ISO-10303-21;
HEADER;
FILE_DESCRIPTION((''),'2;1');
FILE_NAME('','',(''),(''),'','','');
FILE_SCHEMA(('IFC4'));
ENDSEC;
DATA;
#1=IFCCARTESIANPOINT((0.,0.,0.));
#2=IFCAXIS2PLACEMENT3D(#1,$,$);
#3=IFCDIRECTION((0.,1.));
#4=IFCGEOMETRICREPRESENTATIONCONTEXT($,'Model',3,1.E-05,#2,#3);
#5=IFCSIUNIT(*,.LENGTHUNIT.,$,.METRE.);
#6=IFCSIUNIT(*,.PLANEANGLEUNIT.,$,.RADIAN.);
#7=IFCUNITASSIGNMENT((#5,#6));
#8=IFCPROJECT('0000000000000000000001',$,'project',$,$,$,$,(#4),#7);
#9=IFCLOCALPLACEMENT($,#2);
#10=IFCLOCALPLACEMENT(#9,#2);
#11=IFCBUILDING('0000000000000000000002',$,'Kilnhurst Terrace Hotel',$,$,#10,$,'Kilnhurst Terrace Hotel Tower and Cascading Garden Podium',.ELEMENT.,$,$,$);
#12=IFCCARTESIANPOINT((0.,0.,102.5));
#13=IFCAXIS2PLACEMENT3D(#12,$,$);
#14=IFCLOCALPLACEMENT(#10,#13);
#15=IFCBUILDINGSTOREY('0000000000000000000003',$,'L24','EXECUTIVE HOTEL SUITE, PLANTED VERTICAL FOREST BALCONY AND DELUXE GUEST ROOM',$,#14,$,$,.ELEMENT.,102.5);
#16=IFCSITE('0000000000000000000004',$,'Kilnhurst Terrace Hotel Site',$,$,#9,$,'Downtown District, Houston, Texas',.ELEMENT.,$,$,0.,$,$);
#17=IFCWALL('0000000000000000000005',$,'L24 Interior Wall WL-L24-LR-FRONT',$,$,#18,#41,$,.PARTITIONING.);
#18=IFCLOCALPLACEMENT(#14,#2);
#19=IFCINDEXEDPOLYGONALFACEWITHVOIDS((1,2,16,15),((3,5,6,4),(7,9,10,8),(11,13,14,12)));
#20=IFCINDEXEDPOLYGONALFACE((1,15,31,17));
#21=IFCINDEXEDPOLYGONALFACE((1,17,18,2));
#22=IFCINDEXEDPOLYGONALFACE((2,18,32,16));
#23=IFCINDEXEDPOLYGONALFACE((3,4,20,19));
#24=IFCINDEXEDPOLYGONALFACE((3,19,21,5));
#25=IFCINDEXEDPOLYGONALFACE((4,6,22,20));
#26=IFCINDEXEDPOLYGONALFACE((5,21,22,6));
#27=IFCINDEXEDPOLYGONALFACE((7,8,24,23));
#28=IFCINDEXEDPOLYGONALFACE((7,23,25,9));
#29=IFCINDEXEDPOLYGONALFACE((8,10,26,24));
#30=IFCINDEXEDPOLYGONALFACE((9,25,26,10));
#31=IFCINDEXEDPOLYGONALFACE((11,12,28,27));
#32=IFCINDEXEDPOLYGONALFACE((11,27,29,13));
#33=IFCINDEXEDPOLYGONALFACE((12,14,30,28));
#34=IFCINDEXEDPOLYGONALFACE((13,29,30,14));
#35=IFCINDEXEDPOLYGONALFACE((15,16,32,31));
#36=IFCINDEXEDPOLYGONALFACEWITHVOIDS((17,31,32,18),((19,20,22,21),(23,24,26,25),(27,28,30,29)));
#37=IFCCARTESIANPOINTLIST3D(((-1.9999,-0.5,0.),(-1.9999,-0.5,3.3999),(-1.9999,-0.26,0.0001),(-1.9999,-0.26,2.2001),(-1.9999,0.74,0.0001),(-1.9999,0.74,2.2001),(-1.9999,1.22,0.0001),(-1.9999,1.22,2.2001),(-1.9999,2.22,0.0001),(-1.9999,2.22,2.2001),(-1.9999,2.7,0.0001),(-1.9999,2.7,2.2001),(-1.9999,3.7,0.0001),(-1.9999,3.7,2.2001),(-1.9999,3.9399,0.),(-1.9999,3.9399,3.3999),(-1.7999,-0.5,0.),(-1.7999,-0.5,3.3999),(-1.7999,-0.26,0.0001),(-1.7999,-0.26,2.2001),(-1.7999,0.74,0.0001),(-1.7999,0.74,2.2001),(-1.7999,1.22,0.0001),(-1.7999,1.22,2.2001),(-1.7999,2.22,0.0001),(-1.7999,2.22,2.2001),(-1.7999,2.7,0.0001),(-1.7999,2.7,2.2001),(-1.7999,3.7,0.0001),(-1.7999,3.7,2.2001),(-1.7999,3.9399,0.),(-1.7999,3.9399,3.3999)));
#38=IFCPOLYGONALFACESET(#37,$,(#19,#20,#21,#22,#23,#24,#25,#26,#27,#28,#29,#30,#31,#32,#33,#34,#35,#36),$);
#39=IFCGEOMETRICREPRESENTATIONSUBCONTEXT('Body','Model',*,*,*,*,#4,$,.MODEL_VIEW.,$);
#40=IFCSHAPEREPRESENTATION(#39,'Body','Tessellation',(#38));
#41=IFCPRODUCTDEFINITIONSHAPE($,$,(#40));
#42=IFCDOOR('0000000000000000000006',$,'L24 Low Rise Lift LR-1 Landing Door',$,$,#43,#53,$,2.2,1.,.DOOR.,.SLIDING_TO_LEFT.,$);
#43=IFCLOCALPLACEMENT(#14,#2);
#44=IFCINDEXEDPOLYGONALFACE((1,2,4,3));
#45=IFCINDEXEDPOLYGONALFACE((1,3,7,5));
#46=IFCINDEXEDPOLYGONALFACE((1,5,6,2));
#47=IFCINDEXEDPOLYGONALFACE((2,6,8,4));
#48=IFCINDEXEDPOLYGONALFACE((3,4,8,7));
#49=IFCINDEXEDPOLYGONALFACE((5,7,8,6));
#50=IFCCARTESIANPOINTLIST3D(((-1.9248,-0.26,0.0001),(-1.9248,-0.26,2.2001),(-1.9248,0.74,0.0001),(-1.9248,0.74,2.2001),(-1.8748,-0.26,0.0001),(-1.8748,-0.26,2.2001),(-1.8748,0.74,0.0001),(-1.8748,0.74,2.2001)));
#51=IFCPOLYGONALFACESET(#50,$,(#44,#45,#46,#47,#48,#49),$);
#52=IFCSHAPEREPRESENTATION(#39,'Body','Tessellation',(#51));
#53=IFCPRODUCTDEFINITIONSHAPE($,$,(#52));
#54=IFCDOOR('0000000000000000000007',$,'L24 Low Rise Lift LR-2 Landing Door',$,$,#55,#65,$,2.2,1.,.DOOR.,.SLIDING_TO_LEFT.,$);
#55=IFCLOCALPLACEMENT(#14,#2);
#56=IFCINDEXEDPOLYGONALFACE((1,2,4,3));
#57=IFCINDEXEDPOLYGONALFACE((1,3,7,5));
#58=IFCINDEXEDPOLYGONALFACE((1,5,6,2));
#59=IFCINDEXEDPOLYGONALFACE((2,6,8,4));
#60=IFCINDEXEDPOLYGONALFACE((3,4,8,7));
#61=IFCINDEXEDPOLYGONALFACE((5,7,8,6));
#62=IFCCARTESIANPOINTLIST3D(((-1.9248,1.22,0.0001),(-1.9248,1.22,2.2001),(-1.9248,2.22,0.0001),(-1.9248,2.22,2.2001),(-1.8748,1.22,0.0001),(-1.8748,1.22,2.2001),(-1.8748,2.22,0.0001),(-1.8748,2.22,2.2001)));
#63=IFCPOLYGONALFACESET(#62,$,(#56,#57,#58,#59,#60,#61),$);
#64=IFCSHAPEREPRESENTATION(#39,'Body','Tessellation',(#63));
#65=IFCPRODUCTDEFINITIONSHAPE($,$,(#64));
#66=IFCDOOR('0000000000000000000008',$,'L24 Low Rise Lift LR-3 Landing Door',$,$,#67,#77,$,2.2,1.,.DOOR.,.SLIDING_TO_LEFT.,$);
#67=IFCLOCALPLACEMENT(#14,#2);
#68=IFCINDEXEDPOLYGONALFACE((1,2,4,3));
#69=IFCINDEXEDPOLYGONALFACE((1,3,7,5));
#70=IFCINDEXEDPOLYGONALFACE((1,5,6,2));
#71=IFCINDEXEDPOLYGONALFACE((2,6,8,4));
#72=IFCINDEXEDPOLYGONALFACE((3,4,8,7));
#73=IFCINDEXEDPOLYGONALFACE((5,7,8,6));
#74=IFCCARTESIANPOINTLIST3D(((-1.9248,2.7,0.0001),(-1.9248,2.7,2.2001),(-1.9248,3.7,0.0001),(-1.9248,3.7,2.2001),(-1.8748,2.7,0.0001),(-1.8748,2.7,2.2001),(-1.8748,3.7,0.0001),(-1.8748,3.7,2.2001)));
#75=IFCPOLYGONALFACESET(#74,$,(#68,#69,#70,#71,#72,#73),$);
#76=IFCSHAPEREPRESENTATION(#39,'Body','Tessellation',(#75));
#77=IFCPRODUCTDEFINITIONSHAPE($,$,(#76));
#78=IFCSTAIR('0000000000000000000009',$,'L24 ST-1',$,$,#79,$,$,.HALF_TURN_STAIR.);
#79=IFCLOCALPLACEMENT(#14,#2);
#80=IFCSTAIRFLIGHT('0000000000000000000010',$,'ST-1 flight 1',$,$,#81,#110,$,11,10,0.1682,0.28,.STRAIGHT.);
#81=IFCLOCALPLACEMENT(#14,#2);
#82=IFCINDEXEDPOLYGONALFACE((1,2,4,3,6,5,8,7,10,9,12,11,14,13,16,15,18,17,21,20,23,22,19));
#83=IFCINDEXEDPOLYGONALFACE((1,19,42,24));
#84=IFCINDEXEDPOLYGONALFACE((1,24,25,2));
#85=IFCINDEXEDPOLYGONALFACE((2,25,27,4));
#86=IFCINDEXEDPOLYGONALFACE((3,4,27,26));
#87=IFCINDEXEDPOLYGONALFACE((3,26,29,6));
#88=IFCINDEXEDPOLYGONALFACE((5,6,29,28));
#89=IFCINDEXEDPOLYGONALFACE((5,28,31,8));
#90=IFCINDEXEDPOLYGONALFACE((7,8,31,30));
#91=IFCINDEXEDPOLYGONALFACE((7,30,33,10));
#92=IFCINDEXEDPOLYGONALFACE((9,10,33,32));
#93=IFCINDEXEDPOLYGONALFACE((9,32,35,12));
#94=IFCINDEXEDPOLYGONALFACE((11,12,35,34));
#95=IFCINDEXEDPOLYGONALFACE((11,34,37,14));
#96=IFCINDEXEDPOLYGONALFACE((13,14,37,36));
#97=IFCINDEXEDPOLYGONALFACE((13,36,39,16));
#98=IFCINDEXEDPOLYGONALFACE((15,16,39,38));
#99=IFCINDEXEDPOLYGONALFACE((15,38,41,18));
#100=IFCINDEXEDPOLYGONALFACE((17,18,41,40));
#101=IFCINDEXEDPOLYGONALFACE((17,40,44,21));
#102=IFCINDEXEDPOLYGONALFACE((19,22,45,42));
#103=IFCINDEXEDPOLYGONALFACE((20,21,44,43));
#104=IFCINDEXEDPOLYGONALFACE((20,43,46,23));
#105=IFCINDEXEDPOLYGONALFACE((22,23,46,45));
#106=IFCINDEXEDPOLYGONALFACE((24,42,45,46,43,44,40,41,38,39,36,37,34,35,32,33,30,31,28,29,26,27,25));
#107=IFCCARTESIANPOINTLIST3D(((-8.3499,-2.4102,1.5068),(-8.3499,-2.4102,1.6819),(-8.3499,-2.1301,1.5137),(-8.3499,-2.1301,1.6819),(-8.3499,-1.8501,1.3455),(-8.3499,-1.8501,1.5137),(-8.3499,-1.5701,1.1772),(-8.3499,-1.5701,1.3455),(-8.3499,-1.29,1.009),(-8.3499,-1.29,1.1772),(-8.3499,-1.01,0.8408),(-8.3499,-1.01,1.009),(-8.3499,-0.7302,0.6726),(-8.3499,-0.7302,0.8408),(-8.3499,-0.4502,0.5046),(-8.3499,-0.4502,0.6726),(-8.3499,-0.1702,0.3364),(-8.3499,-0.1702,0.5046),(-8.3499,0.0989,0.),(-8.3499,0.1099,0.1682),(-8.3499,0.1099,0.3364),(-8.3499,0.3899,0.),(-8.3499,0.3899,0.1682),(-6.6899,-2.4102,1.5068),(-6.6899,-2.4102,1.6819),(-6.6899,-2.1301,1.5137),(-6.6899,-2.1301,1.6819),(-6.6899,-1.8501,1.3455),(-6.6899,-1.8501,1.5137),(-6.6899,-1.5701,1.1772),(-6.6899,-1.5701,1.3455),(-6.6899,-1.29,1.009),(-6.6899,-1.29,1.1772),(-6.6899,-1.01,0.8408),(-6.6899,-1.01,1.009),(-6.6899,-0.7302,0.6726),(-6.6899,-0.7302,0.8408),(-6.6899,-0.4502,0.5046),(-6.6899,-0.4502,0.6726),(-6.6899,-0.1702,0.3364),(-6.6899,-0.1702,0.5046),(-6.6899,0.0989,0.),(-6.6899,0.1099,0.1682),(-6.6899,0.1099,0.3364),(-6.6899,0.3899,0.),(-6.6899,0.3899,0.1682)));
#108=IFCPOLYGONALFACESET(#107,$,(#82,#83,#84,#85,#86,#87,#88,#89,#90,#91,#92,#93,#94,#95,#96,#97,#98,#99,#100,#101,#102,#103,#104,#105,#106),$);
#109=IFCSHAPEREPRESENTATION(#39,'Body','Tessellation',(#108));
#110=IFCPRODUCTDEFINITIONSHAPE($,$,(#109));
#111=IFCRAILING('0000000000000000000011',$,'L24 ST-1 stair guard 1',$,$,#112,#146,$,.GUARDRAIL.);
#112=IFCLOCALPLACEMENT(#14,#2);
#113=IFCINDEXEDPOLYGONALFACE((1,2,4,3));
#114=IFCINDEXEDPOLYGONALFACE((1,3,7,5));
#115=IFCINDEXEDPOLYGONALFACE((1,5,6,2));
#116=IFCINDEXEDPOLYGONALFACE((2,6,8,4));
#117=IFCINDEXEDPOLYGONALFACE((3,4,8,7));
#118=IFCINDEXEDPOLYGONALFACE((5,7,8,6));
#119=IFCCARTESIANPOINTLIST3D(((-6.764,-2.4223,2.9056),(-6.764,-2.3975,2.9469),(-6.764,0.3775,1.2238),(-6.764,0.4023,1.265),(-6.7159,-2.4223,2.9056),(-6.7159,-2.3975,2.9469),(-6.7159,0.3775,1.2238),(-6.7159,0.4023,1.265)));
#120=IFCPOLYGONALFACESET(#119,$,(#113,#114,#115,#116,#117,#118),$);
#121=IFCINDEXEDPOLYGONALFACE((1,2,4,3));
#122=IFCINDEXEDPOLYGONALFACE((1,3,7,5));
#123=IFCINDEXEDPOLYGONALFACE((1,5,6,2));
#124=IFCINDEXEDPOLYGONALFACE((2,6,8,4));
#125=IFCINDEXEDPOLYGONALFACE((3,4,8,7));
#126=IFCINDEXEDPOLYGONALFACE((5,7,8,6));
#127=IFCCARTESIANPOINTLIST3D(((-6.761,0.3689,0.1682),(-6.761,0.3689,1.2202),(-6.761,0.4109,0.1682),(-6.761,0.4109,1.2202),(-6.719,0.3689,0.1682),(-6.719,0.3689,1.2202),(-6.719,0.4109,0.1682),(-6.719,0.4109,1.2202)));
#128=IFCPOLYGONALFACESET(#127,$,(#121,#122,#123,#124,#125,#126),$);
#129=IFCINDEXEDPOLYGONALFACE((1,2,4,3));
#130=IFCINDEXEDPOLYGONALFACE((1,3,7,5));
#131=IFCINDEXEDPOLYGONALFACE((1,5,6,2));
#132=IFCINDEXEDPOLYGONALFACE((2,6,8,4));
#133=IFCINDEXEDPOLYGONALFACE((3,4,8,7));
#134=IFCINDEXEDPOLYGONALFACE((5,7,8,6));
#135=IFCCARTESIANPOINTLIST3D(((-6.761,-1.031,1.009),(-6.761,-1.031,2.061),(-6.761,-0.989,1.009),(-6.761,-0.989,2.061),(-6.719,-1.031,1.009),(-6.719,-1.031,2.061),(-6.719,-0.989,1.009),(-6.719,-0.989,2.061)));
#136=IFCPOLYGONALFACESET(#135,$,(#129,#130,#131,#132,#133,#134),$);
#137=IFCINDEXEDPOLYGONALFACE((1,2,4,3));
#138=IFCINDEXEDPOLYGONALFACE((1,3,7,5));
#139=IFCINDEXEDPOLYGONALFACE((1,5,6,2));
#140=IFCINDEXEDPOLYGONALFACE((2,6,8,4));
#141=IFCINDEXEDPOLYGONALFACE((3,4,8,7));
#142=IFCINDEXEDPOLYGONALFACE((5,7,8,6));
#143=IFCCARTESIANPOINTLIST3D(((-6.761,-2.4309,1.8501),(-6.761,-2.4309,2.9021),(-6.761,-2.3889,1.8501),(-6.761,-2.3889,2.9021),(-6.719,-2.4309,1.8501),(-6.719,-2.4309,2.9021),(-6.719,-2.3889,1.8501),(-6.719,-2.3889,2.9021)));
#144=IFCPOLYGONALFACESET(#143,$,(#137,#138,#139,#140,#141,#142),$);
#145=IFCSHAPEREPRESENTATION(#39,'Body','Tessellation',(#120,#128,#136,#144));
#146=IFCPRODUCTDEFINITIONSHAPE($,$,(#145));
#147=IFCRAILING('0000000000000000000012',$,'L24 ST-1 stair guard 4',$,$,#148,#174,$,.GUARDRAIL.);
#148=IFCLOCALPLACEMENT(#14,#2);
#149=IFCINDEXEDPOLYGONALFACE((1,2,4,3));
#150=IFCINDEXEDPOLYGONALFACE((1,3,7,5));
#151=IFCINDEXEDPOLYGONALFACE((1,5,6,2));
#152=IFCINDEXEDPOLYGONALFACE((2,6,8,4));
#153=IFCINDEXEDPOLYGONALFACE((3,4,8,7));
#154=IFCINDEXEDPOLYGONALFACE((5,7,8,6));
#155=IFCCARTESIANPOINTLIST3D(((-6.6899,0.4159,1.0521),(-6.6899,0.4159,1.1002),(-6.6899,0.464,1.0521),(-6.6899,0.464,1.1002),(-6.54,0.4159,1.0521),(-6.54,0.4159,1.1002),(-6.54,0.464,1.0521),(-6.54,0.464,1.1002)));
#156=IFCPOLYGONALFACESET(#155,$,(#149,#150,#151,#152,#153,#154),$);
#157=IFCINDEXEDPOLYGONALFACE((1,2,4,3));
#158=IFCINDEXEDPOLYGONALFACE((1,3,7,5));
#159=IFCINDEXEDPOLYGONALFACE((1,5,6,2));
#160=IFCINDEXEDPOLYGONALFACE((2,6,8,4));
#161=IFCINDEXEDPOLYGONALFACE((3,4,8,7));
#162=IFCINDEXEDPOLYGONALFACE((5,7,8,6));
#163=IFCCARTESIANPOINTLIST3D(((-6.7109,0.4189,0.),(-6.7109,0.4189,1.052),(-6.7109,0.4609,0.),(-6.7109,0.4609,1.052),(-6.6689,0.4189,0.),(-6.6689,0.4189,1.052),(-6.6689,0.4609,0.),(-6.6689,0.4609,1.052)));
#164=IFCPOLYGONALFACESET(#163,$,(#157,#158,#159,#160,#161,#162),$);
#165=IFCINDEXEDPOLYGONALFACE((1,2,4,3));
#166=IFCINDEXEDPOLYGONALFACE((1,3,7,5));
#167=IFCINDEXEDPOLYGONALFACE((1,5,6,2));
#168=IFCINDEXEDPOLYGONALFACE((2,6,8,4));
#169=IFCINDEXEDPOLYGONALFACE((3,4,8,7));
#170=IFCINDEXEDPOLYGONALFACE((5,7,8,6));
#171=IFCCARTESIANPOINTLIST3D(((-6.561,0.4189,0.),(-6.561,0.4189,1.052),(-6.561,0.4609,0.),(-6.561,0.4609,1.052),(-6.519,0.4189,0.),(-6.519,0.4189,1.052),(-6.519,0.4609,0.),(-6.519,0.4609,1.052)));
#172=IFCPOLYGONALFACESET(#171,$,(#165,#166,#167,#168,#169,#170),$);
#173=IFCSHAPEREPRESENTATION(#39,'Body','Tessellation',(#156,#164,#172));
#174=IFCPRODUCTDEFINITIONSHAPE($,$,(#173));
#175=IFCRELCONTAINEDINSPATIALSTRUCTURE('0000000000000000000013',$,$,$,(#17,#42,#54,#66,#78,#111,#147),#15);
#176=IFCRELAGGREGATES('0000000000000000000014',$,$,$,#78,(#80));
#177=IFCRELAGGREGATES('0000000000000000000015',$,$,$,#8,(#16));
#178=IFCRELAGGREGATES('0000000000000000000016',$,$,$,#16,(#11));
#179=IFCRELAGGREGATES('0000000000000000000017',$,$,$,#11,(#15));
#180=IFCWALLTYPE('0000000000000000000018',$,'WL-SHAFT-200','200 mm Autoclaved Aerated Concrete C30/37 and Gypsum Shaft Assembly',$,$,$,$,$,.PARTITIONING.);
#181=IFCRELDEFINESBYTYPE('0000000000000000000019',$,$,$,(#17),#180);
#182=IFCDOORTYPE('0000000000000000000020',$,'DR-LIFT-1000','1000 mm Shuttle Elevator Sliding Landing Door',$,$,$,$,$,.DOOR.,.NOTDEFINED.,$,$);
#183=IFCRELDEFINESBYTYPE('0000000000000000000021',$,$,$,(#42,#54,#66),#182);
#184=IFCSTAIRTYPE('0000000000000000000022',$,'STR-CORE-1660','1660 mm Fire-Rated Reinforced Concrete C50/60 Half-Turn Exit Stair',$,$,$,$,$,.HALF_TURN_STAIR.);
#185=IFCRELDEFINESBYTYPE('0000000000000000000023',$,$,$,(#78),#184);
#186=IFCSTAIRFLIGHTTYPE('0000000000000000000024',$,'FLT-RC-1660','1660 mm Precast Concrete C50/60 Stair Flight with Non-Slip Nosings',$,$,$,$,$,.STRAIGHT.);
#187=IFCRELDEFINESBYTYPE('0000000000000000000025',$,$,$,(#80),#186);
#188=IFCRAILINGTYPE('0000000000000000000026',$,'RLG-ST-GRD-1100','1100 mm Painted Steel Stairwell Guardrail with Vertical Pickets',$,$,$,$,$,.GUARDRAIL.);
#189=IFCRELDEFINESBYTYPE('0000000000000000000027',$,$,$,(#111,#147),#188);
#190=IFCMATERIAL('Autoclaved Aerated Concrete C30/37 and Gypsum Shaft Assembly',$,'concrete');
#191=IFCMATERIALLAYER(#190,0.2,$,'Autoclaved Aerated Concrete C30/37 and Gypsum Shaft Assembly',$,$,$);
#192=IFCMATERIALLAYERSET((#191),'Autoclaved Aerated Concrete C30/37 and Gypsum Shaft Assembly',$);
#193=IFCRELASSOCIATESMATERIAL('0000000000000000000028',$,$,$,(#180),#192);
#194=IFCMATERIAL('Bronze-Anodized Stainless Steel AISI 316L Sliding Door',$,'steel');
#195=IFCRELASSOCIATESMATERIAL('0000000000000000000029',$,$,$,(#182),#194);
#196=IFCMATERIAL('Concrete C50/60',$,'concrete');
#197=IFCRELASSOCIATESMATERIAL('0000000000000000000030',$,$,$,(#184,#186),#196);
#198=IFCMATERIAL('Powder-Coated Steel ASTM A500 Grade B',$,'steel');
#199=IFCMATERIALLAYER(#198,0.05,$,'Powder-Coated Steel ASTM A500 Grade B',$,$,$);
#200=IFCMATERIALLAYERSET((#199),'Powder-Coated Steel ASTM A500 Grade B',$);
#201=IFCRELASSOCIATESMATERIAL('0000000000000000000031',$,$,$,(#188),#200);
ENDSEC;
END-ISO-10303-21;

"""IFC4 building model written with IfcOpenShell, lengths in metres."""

from ifc_helpers import new_model, si_unit, direction, frame, frame_2d, origin, origin_2d, place, context, subcontext, project, spatial, polyline, rectangle, outline, extrude, material, layer, layer_set, type_object, element, fill, aggregate, save


model = new_model("IFC4")

# Units and contexts
model_context = context("Model", 3, precision=1e-05, world=origin(), true_north=direction((0.0, 1.0)))
body_context = subcontext(model_context, "Body", "Model", "MODEL_VIEW")
ifc_project = project(units=[si_unit("LENGTHUNIT", "METRE"), si_unit("PLANEANGLEUNIT", "RADIAN")], contexts=[model_context])

# Site, building, storey
site_placement = place(None, origin())
site = spatial("IfcSite", under=ifc_project, at=site_placement, Name="Kilnhurst Terrace Hotel Site", LongName="Downtown District, Houston, Texas", CompositionType="ELEMENT", RefElevation=0.0)
building_placement = place(site_placement, origin())
building = spatial("IfcBuilding", under=site, at=building_placement, Name="Kilnhurst Terrace Hotel", LongName="Kilnhurst Terrace Hotel Tower and Cascading Garden Podium", CompositionType="ELEMENT")
storey_placement = place(building_placement, frame((0.0, 0.0, 102.5)))
storey = spatial("IfcBuildingStorey", under=building, at=storey_placement, Name="L24", Description="EXECUTIVE HOTEL SUITE, PLANTED VERTICAL FOREST BALCONY AND DELUXE GUEST ROOM", CompositionType="ELEMENT", Elevation=102.5)

# Shared definitions
ifc_material_1 = material(Name="Autoclaved Aerated Concrete C30/37 and Gypsum Shaft Assembly", Category="concrete")
ifc_layer_1 = layer(ifc_material_1, 0.2, Name="Autoclaved Aerated Concrete C30/37 and Gypsum Shaft Assembly")
ifc_layer_set_1 = layer_set([ifc_layer_1], Name="Autoclaved Aerated Concrete C30/37 and Gypsum Shaft Assembly")
wall_type_1 = type_object("IfcWallType", Name="WL-SHAFT-200", Description="200 mm Autoclaved Aerated Concrete C30/37 and Gypsum Shaft Assembly", PredefinedType="PARTITIONING", material=ifc_layer_set_1)

# Wall, openings, doors
wall_1_placement = place(storey_placement, frame((-1.8999, -0.5, 0.0), z_axis=(0.0, 0.0, 1.0), x_axis=(0.0, 1.0, 0.0)))
wall_1 = element("IfcWall", 1, at=wall_1_placement, inside=storey, type_object=wall_type_1, Name="L24 Interior Wall WL-L24-LR-FRONT", PredefinedType="PARTITIONING", context=body_context, shape_type="SweptSolid", body=[
    extrude(rectangle(XDim=4.4399, YDim=0.2, at=frame_2d((2.22, 0.0))), origin(), (0.0, 0.0, 1.0), 3.3999),
])
opening_1_placement = place(wall_1_placement, frame((0.24, 0.0, 0.0)))
opening_1 = element("IfcOpeningElement", 2, at=opening_1_placement, cuts=wall_1, PredefinedType="OPENING", context=body_context, shape_type="SweptSolid", body=[
    extrude(rectangle(XDim=1.0, YDim=2.2, at=frame_2d((0.5, 1.1001))), frame((0.0, 0.1099, 0.0), z_axis=(0.0, -1.0, 0.0), x_axis=(1.0, 0.0, 0.0)), (0.0, 0.0, 1.0), 0.22),
])
opening_2_placement = place(wall_1_placement, frame((1.72, 0.0, 0.0)))
opening_2 = element("IfcOpeningElement", 3, at=opening_2_placement, cuts=wall_1, PredefinedType="OPENING", context=body_context, shape_type="SweptSolid", body=[
    extrude(rectangle(XDim=1.0, YDim=2.2, at=frame_2d((0.5, 1.1001))), frame((0.0, 0.1099, 0.0), z_axis=(0.0, -1.0, 0.0), x_axis=(1.0, 0.0, 0.0)), (0.0, 0.0, 1.0), 0.22),
])
opening_3_placement = place(wall_1_placement, frame((3.2, 0.0, 0.0)))
opening_3 = element("IfcOpeningElement", 4, at=opening_3_placement, cuts=wall_1, PredefinedType="OPENING", context=body_context, shape_type="SweptSolid", body=[
    extrude(rectangle(XDim=1.0, YDim=2.2, at=frame_2d((0.5, 1.1001))), frame((0.0, 0.1099, 0.0), z_axis=(0.0, -1.0, 0.0), x_axis=(1.0, 0.0, 0.0)), (0.0, 0.0, 1.0), 0.22),
])
ifc_material_2 = material(Name="Bronze-Anodized Stainless Steel AISI 316L Sliding Door", Category="steel")
door_type_1 = type_object("IfcDoorType", Name="DR-LIFT-1000", Description="1000 mm Shuttle Elevator Sliding Landing Door", OperationType="NOTDEFINED", PredefinedType="DOOR", material=ifc_material_2)
door_1_placement = place(opening_1_placement, origin())
door_1 = element("IfcDoor", 5, at=door_1_placement, inside=storey, type_object=door_type_1, Name="L24 Low Rise Lift LR-1 Landing Door", OperationType="SLIDING_TO_LEFT", OverallHeight=2.2, OverallWidth=1.0, PredefinedType="DOOR", context=body_context, shape_type="SweptSolid", body=[
    extrude(rectangle(XDim=1.0, YDim=2.2, at=frame_2d((0.5, 1.1001))), frame((0.0, 0.0249, 0.0), z_axis=(0.0, -1.0, 0.0), x_axis=(1.0, 0.0, 0.0)), (0.0, 0.0, 1.0), 0.05),
])
fill(opening_1, door_1)
door_2_placement = place(opening_2_placement, origin())
door_2 = element("IfcDoor", 6, at=door_2_placement, inside=storey, type_object=door_type_1, Name="L24 Low Rise Lift LR-2 Landing Door", OperationType="SLIDING_TO_LEFT", OverallHeight=2.2, OverallWidth=1.0, PredefinedType="DOOR", context=body_context, shape_type="SweptSolid", body=[
    extrude(rectangle(XDim=1.0, YDim=2.2, at=frame_2d((0.5, 1.1001))), frame((0.0, 0.0249, 0.0), z_axis=(0.0, -1.0, 0.0), x_axis=(1.0, 0.0, 0.0)), (0.0, 0.0, 1.0), 0.05),
])
fill(opening_2, door_2)
door_3_placement = place(opening_3_placement, origin())
door_3 = element("IfcDoor", 7, at=door_3_placement, inside=storey, type_object=door_type_1, Name="L24 Low Rise Lift LR-3 Landing Door", OperationType="SLIDING_TO_LEFT", OverallHeight=2.2, OverallWidth=1.0, PredefinedType="DOOR", context=body_context, shape_type="SweptSolid", body=[
    extrude(rectangle(XDim=1.0, YDim=2.2, at=frame_2d((0.5, 1.1001))), frame((0.0, 0.0249, 0.0), z_axis=(0.0, -1.0, 0.0), x_axis=(1.0, 0.0, 0.0)), (0.0, 0.0, 1.0), 0.05),
])
fill(opening_3, door_3)

# Shared definitions
ifc_material_3 = material(Name="Concrete C50/60", Category="concrete")

# Stair, stair flight
stair_type = type_object("IfcStairType", Name="STR-CORE-1660", Description="1660 mm Fire-Rated Reinforced Concrete C50/60 Half-Turn Exit Stair", PredefinedType="HALF_TURN_STAIR", material=ifc_material_3)
stair_placement = place(storey_placement, origin())
stair = element("IfcStair", 8, at=stair_placement, inside=storey, type_object=stair_type, Name="L24 ST-1", PredefinedType="HALF_TURN_STAIR")
stair_flight_type = type_object("IfcStairFlightType", Name="FLT-RC-1660", Description="1660 mm Precast Concrete C50/60 Stair Flight with Non-Slip Nosings", PredefinedType="STRAIGHT", material=ifc_material_3)
stair_flight_placement = place(storey_placement, frame((-7.52, 0.3899, 0.0), z_axis=(0.0, 0.0, 1.0), x_axis=(0.0, -1.0, 0.0)))
stair_flight = element("IfcStairFlight", 9, at=stair_flight_placement, type_object=stair_flight_type, Name="ST-1 flight 1", NumberOfRisers=11, NumberOfTreads=10, PredefinedType="STRAIGHT", RiserHeight=0.1682, TreadLength=0.28, context=body_context, shape_type="SweptSolid", body=[
    extrude(outline(polyline([(0.0, 0.0), (0.0, 0.1682), (0.28, 0.1682), (0.28, 0.3364), (0.5601, 0.3364), (0.5601, 0.5046), (0.8401, 0.5046), (0.8401, 0.6726), (1.1201, 0.6726), (1.1201, 0.8408), (1.3999, 0.8408), (1.3999, 1.009), (1.6799, 1.009), (1.6799, 1.1772), (1.96, 1.1772), (1.96, 1.3455), (2.24, 1.3455), (2.24, 1.5137), (2.52, 1.5137), (2.52, 1.6819), (2.8, 1.6819), (2.8, 1.8501), (2.8, 1.5068), (0.291, 0.0), (0.0, 0.0)])), frame((0.0, 0.8301, 0.0), z_axis=(0.0, -1.0, 0.0), x_axis=(1.0, 0.0, 0.0)), (0.0, 0.0, 1.0), 1.6599),
])
aggregate(stair, [stair_flight])

# Railings
ifc_material_4 = material(Name="Powder-Coated Steel ASTM A500 Grade B", Category="steel")
ifc_layer_2 = layer(ifc_material_4, 0.05, Name="Powder-Coated Steel ASTM A500 Grade B")
ifc_layer_set_2 = layer_set([ifc_layer_2], Name="Powder-Coated Steel ASTM A500 Grade B")
railing_type_1 = type_object("IfcRailingType", Name="RLG-ST-GRD-1100", Description="1100 mm Painted Steel Stairwell Guardrail with Vertical Pickets", PredefinedType="GUARDRAIL", material=ifc_layer_set_2)
railing_1_placement = place(storey_placement, frame((-6.74, 0.3899, 0.1682)))
element("IfcRailing", 10, at=railing_1_placement, inside=storey, type_object=railing_type_1, Name="L24 ST-1 stair guard 1", PredefinedType="GUARDRAIL", context=body_context, shape_type="SweptSolid", body=[
    extrude(rectangle(XDim=0.0481, YDim=0.0481, at=origin_2d()), frame((0.0, 0.0, 1.0762), z_axis=(0.0, -0.857222, 0.514946), x_axis=(1.0, 0.0, 0.0)), (0.0, 0.0, 1.0), 3.2661),
    extrude(rectangle(XDim=0.042, YDim=0.042, at=origin_2d()), origin(), (0.0, 0.0, 1.0), 1.052),
    extrude(rectangle(XDim=0.042, YDim=0.042, at=origin_2d()), frame((0.0, -1.3999, 0.8408)), (0.0, 0.0, 1.0), 1.052),
    extrude(rectangle(XDim=0.042, YDim=0.042, at=origin_2d()), frame((0.0, -2.7998, 1.6819)), (0.0, 0.0, 1.0), 1.052),
])
railing_2_placement = place(storey_placement, frame((-6.6899, 0.4399, 0.0)))
element("IfcRailing", 11, at=railing_2_placement, inside=storey, type_object=railing_type_1, Name="L24 ST-1 stair guard 4", PredefinedType="GUARDRAIL", context=body_context, shape_type="SweptSolid", body=[
    extrude(rectangle(XDim=0.0481, YDim=0.0481, at=origin_2d()), frame((0.0, 0.0, 1.0762), z_axis=(1.0, 0.0, 0.0), x_axis=(0.0, 1.0, 0.0)), (0.0, 0.0, 1.0), 0.1499),
    extrude(rectangle(XDim=0.042, YDim=0.042, at=origin_2d()), origin(), (0.0, 0.0, 1.0), 1.052),
    extrude(rectangle(XDim=0.042, YDim=0.042, at=origin_2d()), frame((0.1499, 0.0, 0.0)), (0.0, 0.0, 1.0), 1.052),
])

save(model, "model.ifc")
